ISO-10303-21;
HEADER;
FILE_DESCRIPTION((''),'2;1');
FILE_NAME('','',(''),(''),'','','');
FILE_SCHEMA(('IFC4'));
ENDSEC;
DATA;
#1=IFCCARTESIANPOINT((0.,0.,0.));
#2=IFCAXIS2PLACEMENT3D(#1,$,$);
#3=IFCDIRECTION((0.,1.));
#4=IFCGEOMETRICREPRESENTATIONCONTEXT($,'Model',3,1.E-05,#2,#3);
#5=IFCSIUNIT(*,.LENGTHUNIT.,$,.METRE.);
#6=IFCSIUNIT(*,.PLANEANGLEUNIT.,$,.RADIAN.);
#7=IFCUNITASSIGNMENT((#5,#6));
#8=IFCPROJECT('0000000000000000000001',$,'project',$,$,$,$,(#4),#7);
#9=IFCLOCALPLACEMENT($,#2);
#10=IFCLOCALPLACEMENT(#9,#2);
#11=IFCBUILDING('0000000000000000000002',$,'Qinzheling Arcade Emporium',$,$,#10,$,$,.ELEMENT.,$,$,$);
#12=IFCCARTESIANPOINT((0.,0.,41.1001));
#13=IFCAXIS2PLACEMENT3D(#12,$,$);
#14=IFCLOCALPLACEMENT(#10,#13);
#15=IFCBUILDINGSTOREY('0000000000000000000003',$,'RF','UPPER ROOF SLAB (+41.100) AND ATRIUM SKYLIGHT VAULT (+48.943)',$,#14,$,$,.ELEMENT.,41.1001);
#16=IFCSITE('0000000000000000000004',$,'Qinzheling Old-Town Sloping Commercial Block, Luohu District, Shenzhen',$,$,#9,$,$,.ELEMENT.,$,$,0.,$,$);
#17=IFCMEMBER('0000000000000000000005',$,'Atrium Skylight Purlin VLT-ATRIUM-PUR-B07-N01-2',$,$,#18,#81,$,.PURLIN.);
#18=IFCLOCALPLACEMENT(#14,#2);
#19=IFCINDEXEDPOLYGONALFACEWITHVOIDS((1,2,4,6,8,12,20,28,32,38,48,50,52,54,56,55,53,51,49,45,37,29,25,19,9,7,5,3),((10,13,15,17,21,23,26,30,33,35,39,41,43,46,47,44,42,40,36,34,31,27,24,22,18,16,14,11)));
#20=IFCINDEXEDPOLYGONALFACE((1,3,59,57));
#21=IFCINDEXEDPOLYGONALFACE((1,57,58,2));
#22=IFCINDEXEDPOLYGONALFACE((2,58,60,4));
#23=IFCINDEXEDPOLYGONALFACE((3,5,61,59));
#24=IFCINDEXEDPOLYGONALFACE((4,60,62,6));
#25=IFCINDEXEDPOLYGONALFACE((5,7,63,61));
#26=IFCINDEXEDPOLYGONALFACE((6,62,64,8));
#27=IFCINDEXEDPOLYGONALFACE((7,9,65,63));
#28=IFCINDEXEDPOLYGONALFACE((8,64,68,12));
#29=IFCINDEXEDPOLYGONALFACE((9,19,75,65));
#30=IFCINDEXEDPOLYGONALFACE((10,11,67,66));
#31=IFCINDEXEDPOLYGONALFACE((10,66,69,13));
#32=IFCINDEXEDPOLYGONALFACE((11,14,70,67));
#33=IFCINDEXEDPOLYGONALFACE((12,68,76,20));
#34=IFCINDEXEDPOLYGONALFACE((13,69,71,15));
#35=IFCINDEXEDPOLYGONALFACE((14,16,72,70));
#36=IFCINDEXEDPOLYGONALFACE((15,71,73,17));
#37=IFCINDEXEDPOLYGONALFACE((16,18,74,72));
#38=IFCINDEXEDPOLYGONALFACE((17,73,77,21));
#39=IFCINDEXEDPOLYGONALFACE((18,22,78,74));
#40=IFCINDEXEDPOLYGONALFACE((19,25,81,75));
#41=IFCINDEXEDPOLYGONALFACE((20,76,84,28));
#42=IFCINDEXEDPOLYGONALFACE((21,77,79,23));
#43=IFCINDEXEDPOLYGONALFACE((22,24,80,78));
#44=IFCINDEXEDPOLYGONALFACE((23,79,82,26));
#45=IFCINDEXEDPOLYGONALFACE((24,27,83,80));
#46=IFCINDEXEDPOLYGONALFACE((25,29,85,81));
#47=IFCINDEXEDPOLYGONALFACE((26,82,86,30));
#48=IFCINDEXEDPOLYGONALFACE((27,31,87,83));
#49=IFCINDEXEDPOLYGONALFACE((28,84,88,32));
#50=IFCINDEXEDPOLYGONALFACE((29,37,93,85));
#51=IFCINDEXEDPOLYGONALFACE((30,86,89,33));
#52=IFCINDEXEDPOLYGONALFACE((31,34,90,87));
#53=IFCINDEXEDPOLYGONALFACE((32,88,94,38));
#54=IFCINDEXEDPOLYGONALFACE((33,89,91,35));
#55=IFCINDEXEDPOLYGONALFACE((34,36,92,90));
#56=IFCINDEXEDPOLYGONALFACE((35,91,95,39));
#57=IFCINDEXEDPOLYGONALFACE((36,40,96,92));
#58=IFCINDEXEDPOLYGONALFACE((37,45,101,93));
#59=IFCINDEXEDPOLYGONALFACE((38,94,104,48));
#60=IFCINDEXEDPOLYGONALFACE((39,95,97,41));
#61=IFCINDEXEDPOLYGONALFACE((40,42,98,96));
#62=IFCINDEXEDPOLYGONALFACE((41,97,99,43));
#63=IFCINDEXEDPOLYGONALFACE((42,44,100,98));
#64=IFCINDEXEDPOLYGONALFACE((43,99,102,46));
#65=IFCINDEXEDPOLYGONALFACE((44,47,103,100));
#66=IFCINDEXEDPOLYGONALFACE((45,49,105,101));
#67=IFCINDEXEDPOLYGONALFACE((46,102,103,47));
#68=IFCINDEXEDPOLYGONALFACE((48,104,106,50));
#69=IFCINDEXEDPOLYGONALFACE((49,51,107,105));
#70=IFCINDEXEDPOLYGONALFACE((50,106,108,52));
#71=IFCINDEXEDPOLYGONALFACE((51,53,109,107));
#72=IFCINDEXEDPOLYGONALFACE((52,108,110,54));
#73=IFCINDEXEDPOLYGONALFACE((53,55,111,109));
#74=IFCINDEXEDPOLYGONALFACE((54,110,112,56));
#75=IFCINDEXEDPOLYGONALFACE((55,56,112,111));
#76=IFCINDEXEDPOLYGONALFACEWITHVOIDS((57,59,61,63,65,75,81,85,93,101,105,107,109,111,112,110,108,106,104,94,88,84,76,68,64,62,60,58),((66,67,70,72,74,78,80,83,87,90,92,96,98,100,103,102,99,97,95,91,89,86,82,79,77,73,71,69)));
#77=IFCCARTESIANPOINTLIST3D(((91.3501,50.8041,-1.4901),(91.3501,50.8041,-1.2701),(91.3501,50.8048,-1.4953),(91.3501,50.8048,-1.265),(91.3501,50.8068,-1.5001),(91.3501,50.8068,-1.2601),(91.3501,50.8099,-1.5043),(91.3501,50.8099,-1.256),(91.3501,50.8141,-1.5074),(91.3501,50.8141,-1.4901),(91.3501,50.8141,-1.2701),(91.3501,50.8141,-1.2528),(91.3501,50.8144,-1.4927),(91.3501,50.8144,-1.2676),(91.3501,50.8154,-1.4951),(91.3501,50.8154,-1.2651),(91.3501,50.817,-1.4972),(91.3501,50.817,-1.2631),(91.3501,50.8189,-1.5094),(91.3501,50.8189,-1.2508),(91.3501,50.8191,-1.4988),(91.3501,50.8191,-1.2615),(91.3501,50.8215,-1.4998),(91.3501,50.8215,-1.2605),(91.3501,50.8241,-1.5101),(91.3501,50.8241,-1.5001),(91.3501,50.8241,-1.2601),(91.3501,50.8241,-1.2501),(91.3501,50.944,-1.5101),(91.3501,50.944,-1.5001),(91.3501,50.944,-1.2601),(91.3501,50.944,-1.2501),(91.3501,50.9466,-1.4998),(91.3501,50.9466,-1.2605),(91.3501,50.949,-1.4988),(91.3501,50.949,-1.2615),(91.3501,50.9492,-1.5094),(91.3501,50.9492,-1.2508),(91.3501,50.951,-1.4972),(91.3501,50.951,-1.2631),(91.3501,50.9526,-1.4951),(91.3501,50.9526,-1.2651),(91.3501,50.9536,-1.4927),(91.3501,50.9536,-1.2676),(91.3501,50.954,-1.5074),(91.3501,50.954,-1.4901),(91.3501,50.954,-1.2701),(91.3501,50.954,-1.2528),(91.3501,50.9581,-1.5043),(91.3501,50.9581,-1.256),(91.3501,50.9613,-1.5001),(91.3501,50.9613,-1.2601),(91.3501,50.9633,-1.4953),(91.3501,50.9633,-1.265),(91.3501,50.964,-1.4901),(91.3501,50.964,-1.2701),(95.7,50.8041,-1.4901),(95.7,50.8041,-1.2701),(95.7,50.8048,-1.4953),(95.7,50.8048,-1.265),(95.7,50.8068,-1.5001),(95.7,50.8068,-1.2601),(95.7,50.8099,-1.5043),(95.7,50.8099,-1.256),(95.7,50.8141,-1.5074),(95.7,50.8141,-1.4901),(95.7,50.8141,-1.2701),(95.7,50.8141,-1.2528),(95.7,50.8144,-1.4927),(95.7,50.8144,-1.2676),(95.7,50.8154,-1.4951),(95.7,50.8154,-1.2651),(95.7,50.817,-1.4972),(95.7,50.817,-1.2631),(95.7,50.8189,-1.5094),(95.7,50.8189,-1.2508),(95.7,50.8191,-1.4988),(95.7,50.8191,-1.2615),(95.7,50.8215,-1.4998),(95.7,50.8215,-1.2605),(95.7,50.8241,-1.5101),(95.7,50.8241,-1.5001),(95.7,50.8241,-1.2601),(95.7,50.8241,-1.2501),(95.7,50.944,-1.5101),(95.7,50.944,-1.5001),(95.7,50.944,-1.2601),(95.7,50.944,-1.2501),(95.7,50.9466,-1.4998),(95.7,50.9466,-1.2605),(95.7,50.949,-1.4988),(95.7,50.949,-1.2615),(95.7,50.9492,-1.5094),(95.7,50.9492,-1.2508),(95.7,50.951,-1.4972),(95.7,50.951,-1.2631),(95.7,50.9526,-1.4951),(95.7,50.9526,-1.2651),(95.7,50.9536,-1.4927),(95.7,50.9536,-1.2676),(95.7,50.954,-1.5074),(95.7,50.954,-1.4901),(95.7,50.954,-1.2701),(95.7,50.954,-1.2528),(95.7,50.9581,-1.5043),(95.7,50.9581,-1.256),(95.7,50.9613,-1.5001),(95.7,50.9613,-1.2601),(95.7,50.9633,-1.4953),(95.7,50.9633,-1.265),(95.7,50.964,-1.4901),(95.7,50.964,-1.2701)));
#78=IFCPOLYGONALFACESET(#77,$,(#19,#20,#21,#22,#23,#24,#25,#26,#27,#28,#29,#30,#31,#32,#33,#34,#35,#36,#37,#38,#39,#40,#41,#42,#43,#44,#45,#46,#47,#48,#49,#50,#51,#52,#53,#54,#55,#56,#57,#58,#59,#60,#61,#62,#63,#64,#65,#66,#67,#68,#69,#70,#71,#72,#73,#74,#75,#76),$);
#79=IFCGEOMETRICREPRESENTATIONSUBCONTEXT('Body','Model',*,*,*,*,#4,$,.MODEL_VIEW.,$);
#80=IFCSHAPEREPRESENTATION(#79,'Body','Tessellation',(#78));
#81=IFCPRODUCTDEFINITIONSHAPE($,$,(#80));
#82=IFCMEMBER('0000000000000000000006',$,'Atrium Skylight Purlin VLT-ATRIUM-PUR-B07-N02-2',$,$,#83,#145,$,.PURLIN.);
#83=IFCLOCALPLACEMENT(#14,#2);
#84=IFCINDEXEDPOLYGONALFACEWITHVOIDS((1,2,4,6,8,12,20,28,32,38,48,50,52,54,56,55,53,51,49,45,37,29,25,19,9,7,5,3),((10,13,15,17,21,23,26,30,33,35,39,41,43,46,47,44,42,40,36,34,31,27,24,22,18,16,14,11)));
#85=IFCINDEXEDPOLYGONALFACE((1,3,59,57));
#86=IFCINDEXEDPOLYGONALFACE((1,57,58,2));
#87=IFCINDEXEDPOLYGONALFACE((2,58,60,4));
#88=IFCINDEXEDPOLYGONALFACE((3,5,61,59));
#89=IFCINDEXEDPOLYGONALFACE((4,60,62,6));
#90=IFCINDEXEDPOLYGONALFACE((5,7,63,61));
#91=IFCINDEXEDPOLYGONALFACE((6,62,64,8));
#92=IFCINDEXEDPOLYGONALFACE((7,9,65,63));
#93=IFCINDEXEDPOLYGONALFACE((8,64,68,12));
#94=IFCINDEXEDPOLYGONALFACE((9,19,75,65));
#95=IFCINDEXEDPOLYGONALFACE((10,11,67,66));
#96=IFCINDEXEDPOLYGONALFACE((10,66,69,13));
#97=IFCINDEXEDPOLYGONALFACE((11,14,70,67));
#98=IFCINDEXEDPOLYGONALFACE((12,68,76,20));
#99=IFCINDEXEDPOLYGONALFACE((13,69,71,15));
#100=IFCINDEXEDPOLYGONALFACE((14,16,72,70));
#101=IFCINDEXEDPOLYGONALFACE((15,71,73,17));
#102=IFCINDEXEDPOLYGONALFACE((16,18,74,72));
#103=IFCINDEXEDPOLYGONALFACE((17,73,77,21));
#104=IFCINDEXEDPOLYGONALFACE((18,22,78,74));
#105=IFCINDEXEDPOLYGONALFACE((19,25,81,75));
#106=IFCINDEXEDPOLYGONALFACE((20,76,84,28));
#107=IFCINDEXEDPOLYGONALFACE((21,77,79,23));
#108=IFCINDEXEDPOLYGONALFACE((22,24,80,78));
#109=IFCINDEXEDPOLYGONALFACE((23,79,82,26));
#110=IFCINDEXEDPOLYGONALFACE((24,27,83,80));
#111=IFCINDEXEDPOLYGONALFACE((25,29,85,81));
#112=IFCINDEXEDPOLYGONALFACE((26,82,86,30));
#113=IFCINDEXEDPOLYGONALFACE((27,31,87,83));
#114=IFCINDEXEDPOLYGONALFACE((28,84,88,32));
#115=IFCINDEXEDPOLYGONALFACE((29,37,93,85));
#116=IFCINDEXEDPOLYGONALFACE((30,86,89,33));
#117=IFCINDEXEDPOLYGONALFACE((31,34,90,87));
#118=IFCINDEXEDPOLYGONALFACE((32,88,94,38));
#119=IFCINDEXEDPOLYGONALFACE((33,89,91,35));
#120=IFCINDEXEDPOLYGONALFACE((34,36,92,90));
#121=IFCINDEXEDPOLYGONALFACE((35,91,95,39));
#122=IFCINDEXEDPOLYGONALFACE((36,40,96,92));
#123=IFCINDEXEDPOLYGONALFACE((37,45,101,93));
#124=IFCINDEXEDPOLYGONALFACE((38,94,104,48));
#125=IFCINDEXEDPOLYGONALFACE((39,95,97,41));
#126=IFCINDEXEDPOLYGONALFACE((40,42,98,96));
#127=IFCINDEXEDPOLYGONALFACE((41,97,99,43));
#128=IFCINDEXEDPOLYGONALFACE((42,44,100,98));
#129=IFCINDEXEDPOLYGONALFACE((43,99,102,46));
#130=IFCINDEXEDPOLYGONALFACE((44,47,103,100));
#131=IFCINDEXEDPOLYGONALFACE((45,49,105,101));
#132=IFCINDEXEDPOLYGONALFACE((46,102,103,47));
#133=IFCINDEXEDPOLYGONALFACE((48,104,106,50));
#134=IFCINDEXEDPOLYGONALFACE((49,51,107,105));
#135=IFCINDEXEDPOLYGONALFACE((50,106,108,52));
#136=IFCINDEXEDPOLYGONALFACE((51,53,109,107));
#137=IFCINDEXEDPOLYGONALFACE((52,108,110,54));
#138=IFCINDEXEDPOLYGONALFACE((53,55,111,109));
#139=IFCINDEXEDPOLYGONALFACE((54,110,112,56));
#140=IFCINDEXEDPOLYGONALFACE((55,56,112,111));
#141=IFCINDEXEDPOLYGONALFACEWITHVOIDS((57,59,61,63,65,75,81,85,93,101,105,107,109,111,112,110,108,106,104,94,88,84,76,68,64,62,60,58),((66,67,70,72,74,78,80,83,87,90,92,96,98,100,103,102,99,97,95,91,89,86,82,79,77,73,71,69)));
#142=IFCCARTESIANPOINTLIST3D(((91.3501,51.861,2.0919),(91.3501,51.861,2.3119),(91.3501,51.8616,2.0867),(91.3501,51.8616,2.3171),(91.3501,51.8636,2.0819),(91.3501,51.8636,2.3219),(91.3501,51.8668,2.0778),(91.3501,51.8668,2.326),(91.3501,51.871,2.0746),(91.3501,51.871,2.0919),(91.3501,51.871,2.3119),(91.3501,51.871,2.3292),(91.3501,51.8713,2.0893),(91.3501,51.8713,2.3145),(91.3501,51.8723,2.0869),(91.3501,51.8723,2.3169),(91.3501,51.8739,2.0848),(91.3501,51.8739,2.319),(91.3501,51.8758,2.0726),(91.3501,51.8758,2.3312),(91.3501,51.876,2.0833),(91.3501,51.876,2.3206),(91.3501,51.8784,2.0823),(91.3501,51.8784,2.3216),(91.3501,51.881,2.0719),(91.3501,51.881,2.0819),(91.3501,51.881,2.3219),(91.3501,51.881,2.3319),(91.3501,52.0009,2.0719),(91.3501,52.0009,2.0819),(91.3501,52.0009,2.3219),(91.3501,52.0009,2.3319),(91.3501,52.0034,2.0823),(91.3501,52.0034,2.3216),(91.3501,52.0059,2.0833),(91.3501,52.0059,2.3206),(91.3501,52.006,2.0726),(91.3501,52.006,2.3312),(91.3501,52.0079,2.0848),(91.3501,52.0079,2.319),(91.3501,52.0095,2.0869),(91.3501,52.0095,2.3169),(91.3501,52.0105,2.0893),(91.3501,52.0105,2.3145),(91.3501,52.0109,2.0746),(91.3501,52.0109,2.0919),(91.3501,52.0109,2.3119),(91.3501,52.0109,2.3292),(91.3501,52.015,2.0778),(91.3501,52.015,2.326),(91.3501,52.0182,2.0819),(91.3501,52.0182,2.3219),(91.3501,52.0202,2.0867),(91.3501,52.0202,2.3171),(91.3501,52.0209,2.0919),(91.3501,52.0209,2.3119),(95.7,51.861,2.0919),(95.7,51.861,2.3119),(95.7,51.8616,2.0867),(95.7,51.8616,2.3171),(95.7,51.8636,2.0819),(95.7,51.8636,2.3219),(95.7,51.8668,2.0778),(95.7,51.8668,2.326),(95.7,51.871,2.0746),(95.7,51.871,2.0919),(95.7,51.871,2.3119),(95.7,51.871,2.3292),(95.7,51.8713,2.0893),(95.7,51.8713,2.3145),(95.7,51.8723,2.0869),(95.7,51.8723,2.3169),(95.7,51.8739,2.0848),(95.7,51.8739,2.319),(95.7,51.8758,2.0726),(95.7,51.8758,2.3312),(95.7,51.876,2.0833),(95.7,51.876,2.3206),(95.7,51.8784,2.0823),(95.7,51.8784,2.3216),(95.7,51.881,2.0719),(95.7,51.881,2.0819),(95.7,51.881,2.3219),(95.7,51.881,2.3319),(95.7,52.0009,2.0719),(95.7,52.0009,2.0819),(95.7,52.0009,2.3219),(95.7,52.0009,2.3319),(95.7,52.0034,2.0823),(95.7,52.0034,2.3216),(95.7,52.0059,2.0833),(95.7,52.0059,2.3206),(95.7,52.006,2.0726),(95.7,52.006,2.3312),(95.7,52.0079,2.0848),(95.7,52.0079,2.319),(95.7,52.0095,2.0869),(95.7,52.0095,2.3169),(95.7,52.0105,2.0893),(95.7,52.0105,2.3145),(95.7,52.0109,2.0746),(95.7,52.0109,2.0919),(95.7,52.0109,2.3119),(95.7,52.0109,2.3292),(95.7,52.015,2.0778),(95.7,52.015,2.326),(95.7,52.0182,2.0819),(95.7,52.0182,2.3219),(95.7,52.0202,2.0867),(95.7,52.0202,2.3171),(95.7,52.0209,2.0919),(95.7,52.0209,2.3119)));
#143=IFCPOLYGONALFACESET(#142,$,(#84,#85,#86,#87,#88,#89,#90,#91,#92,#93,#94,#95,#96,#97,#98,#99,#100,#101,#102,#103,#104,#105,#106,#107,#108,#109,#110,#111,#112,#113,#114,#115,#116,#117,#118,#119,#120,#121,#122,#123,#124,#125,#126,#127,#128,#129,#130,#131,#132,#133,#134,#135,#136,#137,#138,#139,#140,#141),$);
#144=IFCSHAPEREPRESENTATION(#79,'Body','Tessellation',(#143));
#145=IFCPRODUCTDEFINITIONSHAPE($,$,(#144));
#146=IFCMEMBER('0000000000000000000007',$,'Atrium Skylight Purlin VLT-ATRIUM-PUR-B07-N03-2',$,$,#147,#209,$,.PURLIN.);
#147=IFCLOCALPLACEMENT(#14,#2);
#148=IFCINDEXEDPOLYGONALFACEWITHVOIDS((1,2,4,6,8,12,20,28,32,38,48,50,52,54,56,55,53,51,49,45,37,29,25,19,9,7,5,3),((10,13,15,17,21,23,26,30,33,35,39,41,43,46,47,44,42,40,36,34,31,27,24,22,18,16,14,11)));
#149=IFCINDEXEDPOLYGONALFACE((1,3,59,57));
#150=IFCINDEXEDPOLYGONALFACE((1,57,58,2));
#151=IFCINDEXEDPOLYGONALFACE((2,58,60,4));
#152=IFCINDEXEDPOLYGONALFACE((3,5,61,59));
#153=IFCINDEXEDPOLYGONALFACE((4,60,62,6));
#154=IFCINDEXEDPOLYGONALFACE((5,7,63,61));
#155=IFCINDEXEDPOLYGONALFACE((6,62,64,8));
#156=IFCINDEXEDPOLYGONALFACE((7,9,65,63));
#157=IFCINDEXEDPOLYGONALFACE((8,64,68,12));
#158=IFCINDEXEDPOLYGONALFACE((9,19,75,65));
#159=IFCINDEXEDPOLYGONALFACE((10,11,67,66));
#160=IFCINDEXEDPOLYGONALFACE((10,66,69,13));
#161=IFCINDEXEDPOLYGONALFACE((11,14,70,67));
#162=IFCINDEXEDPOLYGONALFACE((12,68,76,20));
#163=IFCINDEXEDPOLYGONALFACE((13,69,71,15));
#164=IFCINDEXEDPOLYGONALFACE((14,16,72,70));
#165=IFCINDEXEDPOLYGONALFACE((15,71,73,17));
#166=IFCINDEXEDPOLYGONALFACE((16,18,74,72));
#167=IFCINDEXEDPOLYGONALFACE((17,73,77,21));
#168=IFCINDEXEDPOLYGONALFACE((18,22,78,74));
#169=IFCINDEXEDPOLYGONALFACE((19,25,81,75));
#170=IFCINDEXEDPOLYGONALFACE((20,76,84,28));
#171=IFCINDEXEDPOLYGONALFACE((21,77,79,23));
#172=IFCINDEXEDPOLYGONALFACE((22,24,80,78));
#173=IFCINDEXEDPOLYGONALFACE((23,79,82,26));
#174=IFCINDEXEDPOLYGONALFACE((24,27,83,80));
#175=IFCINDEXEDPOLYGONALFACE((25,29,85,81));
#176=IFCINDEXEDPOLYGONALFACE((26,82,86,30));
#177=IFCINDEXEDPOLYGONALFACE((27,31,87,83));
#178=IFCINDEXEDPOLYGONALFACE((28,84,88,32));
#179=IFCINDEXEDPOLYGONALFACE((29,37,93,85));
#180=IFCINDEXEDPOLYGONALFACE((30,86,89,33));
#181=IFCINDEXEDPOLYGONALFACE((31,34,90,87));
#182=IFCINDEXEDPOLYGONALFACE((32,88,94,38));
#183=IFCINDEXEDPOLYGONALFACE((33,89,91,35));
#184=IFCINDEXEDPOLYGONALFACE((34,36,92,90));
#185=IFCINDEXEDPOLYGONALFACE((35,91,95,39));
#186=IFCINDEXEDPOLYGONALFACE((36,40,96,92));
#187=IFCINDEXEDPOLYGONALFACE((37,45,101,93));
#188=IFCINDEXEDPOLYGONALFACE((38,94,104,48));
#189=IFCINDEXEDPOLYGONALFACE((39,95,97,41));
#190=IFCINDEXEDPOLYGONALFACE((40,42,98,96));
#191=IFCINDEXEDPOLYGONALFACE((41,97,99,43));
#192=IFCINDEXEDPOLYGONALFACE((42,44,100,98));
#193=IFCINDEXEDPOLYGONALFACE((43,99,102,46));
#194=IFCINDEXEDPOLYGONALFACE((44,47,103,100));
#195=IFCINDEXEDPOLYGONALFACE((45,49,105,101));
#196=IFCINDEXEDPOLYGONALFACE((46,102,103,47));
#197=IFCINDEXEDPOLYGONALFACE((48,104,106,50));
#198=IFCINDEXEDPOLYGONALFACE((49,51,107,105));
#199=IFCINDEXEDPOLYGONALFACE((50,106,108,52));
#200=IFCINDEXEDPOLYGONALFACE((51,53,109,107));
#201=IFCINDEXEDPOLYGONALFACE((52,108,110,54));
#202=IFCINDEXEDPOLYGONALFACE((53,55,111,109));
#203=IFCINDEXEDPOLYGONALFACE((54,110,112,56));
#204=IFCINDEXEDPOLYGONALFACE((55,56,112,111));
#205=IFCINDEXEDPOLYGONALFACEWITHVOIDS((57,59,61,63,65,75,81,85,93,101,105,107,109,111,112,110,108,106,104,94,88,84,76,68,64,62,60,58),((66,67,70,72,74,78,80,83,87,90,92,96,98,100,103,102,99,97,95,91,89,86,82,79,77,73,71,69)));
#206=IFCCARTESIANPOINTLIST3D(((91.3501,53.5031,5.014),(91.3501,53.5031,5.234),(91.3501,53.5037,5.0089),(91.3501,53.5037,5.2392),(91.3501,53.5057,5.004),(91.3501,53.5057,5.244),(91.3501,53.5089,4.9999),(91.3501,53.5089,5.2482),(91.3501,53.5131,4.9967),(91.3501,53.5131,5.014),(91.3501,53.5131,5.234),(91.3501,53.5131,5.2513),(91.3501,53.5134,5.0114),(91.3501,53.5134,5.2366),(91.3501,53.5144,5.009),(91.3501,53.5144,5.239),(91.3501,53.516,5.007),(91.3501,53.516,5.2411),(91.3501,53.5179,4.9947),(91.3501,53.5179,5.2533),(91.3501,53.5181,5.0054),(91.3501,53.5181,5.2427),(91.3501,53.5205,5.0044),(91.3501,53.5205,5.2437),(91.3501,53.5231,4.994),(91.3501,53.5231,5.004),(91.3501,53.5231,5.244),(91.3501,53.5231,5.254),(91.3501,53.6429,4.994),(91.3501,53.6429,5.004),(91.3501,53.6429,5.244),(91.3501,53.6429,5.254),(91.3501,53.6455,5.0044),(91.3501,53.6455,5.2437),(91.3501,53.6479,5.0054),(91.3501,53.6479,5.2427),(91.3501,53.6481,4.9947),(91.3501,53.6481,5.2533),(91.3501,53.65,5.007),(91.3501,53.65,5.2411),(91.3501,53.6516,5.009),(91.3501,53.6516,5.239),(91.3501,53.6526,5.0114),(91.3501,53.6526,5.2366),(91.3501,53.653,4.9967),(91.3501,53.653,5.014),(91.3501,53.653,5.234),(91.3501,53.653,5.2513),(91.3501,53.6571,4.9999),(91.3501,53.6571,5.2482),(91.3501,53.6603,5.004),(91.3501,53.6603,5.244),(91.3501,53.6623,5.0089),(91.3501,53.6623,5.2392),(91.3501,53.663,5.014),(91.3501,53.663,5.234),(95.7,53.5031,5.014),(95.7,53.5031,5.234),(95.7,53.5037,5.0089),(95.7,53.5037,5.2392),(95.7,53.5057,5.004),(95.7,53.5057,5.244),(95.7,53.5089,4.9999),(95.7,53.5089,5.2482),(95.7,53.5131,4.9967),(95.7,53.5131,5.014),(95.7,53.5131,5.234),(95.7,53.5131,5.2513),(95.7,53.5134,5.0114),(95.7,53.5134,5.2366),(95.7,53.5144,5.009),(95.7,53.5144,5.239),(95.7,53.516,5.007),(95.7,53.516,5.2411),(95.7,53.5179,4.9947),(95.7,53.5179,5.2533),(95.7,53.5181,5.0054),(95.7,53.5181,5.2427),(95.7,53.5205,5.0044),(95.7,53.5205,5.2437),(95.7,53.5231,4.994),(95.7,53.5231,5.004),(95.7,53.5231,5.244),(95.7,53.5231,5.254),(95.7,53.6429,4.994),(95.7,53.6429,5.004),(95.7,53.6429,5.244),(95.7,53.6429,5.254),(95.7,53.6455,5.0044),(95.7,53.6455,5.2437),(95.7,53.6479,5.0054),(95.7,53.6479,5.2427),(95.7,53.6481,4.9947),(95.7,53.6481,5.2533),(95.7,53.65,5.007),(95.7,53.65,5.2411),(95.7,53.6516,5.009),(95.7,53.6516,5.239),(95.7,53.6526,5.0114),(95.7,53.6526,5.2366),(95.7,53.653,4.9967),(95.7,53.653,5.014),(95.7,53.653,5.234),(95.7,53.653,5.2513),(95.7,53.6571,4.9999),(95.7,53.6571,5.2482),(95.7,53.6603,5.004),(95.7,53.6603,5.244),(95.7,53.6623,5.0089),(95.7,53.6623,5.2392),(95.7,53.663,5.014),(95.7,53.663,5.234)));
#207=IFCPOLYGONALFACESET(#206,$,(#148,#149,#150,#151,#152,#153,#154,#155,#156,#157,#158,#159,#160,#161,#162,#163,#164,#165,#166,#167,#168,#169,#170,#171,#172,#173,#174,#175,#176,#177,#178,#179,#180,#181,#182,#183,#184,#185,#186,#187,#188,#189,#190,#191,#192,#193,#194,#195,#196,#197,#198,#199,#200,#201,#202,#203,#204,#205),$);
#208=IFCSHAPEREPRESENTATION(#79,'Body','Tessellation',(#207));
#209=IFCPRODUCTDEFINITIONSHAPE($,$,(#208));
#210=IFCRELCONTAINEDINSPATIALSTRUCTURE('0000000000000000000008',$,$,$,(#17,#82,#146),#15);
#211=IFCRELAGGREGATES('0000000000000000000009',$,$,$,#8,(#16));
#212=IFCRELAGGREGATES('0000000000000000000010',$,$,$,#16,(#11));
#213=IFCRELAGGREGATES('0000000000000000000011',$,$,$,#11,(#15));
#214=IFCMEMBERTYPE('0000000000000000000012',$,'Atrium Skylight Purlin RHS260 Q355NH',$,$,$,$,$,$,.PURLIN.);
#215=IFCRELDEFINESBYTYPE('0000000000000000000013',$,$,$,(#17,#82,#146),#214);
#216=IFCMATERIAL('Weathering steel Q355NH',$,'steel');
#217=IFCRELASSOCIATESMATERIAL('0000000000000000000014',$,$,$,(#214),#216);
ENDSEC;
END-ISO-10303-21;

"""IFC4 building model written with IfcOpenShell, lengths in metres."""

from ifc_helpers import new_model, si_unit, direction, frame, origin, origin_2d, place, context, subcontext, project, spatial, hollow_rectangle, extrude, material, material_profile, profile_set, type_object, element, save


model = new_model("IFC4")

# Units and contexts
model_context = context("Model", 3, precision=1e-05, world=origin(), true_north=direction((0.0, 1.0)))
body_context = subcontext(model_context, "Body", "Model", "MODEL_VIEW")
ifc_project = project(units=[si_unit("LENGTHUNIT", "METRE"), si_unit("PLANEANGLEUNIT", "RADIAN")], contexts=[model_context])

# Site, building, storey
site_placement = place(None, origin())
site = spatial("IfcSite", under=ifc_project, at=site_placement, Name="Qinzheling Old-Town Sloping Commercial Block, Luohu District, Shenzhen", CompositionType="ELEMENT", RefElevation=0.0)
building_placement = place(site_placement, origin())
building = spatial("IfcBuilding", under=site, at=building_placement, Name="Qinzheling Arcade Emporium", CompositionType="ELEMENT")
storey_placement = place(building_placement, frame((0.0, 0.0, 41.1001)))
storey = spatial("IfcBuildingStorey", under=building, at=storey_placement, Name="RF", Description="UPPER ROOF SLAB (+41.100) AND ATRIUM SKYLIGHT VAULT (+48.943)", CompositionType="ELEMENT", Elevation=41.1001)

# Shared definitions
ifc_material_1 = material(Name="Weathering steel Q355NH", Category="steel")

# Members
ifc_material_profile_1 = material_profile(ifc_material_1, hollow_rectangle(XDim=0.1599, YDim=0.26, WallThickness=0.01, InnerFilletRadius=0.01, OuterFilletRadius=0.02, at=origin_2d()), Name="RHS 260x160x10", Category="steel")
ifc_profile_set_1 = profile_set([ifc_material_profile_1], Name="Weathering steel Q355NH")
member_type = type_object("IfcMemberType", Name="Atrium Skylight Purlin RHS260 Q355NH", PredefinedType="PURLIN", material=ifc_profile_set_1)
for number, where, z_axis, x_axis, name in (
    (1, (91.3501, 50.884, -1.3801), (1.0, 0.0, 0.0), (0.0, 1.0, 0.0), "Atrium Skylight Purlin VLT-ATRIUM-PUR-B07-N01-2"),
    (2, (91.3501, 51.9409, 2.2019), (1.0, 0.0, 0.0), (0.0, 1.0, 0.0), "Atrium Skylight Purlin VLT-ATRIUM-PUR-B07-N02-2"),
    (3, (91.3501, 53.583, 5.124), (1.0, 0.0, 0.0), (0.0, 1.0, 0.0), "Atrium Skylight Purlin VLT-ATRIUM-PUR-B07-N03-2"),
):
    element("IfcMember", number, at=place(storey_placement, frame(where, z_axis=z_axis, x_axis=x_axis)), inside=storey, type_object=member_type, Name=name, PredefinedType="PURLIN", context=body_context, shape_type="SweptSolid", body=[
        extrude(hollow_rectangle(XDim=0.1599, YDim=0.26, WallThickness=0.01, InnerFilletRadius=0.01, OuterFilletRadius=0.02, at=origin_2d()), origin(), (0.0, 0.0, 1.0), 4.3499),
    ])

save(model, "model.ifc")
